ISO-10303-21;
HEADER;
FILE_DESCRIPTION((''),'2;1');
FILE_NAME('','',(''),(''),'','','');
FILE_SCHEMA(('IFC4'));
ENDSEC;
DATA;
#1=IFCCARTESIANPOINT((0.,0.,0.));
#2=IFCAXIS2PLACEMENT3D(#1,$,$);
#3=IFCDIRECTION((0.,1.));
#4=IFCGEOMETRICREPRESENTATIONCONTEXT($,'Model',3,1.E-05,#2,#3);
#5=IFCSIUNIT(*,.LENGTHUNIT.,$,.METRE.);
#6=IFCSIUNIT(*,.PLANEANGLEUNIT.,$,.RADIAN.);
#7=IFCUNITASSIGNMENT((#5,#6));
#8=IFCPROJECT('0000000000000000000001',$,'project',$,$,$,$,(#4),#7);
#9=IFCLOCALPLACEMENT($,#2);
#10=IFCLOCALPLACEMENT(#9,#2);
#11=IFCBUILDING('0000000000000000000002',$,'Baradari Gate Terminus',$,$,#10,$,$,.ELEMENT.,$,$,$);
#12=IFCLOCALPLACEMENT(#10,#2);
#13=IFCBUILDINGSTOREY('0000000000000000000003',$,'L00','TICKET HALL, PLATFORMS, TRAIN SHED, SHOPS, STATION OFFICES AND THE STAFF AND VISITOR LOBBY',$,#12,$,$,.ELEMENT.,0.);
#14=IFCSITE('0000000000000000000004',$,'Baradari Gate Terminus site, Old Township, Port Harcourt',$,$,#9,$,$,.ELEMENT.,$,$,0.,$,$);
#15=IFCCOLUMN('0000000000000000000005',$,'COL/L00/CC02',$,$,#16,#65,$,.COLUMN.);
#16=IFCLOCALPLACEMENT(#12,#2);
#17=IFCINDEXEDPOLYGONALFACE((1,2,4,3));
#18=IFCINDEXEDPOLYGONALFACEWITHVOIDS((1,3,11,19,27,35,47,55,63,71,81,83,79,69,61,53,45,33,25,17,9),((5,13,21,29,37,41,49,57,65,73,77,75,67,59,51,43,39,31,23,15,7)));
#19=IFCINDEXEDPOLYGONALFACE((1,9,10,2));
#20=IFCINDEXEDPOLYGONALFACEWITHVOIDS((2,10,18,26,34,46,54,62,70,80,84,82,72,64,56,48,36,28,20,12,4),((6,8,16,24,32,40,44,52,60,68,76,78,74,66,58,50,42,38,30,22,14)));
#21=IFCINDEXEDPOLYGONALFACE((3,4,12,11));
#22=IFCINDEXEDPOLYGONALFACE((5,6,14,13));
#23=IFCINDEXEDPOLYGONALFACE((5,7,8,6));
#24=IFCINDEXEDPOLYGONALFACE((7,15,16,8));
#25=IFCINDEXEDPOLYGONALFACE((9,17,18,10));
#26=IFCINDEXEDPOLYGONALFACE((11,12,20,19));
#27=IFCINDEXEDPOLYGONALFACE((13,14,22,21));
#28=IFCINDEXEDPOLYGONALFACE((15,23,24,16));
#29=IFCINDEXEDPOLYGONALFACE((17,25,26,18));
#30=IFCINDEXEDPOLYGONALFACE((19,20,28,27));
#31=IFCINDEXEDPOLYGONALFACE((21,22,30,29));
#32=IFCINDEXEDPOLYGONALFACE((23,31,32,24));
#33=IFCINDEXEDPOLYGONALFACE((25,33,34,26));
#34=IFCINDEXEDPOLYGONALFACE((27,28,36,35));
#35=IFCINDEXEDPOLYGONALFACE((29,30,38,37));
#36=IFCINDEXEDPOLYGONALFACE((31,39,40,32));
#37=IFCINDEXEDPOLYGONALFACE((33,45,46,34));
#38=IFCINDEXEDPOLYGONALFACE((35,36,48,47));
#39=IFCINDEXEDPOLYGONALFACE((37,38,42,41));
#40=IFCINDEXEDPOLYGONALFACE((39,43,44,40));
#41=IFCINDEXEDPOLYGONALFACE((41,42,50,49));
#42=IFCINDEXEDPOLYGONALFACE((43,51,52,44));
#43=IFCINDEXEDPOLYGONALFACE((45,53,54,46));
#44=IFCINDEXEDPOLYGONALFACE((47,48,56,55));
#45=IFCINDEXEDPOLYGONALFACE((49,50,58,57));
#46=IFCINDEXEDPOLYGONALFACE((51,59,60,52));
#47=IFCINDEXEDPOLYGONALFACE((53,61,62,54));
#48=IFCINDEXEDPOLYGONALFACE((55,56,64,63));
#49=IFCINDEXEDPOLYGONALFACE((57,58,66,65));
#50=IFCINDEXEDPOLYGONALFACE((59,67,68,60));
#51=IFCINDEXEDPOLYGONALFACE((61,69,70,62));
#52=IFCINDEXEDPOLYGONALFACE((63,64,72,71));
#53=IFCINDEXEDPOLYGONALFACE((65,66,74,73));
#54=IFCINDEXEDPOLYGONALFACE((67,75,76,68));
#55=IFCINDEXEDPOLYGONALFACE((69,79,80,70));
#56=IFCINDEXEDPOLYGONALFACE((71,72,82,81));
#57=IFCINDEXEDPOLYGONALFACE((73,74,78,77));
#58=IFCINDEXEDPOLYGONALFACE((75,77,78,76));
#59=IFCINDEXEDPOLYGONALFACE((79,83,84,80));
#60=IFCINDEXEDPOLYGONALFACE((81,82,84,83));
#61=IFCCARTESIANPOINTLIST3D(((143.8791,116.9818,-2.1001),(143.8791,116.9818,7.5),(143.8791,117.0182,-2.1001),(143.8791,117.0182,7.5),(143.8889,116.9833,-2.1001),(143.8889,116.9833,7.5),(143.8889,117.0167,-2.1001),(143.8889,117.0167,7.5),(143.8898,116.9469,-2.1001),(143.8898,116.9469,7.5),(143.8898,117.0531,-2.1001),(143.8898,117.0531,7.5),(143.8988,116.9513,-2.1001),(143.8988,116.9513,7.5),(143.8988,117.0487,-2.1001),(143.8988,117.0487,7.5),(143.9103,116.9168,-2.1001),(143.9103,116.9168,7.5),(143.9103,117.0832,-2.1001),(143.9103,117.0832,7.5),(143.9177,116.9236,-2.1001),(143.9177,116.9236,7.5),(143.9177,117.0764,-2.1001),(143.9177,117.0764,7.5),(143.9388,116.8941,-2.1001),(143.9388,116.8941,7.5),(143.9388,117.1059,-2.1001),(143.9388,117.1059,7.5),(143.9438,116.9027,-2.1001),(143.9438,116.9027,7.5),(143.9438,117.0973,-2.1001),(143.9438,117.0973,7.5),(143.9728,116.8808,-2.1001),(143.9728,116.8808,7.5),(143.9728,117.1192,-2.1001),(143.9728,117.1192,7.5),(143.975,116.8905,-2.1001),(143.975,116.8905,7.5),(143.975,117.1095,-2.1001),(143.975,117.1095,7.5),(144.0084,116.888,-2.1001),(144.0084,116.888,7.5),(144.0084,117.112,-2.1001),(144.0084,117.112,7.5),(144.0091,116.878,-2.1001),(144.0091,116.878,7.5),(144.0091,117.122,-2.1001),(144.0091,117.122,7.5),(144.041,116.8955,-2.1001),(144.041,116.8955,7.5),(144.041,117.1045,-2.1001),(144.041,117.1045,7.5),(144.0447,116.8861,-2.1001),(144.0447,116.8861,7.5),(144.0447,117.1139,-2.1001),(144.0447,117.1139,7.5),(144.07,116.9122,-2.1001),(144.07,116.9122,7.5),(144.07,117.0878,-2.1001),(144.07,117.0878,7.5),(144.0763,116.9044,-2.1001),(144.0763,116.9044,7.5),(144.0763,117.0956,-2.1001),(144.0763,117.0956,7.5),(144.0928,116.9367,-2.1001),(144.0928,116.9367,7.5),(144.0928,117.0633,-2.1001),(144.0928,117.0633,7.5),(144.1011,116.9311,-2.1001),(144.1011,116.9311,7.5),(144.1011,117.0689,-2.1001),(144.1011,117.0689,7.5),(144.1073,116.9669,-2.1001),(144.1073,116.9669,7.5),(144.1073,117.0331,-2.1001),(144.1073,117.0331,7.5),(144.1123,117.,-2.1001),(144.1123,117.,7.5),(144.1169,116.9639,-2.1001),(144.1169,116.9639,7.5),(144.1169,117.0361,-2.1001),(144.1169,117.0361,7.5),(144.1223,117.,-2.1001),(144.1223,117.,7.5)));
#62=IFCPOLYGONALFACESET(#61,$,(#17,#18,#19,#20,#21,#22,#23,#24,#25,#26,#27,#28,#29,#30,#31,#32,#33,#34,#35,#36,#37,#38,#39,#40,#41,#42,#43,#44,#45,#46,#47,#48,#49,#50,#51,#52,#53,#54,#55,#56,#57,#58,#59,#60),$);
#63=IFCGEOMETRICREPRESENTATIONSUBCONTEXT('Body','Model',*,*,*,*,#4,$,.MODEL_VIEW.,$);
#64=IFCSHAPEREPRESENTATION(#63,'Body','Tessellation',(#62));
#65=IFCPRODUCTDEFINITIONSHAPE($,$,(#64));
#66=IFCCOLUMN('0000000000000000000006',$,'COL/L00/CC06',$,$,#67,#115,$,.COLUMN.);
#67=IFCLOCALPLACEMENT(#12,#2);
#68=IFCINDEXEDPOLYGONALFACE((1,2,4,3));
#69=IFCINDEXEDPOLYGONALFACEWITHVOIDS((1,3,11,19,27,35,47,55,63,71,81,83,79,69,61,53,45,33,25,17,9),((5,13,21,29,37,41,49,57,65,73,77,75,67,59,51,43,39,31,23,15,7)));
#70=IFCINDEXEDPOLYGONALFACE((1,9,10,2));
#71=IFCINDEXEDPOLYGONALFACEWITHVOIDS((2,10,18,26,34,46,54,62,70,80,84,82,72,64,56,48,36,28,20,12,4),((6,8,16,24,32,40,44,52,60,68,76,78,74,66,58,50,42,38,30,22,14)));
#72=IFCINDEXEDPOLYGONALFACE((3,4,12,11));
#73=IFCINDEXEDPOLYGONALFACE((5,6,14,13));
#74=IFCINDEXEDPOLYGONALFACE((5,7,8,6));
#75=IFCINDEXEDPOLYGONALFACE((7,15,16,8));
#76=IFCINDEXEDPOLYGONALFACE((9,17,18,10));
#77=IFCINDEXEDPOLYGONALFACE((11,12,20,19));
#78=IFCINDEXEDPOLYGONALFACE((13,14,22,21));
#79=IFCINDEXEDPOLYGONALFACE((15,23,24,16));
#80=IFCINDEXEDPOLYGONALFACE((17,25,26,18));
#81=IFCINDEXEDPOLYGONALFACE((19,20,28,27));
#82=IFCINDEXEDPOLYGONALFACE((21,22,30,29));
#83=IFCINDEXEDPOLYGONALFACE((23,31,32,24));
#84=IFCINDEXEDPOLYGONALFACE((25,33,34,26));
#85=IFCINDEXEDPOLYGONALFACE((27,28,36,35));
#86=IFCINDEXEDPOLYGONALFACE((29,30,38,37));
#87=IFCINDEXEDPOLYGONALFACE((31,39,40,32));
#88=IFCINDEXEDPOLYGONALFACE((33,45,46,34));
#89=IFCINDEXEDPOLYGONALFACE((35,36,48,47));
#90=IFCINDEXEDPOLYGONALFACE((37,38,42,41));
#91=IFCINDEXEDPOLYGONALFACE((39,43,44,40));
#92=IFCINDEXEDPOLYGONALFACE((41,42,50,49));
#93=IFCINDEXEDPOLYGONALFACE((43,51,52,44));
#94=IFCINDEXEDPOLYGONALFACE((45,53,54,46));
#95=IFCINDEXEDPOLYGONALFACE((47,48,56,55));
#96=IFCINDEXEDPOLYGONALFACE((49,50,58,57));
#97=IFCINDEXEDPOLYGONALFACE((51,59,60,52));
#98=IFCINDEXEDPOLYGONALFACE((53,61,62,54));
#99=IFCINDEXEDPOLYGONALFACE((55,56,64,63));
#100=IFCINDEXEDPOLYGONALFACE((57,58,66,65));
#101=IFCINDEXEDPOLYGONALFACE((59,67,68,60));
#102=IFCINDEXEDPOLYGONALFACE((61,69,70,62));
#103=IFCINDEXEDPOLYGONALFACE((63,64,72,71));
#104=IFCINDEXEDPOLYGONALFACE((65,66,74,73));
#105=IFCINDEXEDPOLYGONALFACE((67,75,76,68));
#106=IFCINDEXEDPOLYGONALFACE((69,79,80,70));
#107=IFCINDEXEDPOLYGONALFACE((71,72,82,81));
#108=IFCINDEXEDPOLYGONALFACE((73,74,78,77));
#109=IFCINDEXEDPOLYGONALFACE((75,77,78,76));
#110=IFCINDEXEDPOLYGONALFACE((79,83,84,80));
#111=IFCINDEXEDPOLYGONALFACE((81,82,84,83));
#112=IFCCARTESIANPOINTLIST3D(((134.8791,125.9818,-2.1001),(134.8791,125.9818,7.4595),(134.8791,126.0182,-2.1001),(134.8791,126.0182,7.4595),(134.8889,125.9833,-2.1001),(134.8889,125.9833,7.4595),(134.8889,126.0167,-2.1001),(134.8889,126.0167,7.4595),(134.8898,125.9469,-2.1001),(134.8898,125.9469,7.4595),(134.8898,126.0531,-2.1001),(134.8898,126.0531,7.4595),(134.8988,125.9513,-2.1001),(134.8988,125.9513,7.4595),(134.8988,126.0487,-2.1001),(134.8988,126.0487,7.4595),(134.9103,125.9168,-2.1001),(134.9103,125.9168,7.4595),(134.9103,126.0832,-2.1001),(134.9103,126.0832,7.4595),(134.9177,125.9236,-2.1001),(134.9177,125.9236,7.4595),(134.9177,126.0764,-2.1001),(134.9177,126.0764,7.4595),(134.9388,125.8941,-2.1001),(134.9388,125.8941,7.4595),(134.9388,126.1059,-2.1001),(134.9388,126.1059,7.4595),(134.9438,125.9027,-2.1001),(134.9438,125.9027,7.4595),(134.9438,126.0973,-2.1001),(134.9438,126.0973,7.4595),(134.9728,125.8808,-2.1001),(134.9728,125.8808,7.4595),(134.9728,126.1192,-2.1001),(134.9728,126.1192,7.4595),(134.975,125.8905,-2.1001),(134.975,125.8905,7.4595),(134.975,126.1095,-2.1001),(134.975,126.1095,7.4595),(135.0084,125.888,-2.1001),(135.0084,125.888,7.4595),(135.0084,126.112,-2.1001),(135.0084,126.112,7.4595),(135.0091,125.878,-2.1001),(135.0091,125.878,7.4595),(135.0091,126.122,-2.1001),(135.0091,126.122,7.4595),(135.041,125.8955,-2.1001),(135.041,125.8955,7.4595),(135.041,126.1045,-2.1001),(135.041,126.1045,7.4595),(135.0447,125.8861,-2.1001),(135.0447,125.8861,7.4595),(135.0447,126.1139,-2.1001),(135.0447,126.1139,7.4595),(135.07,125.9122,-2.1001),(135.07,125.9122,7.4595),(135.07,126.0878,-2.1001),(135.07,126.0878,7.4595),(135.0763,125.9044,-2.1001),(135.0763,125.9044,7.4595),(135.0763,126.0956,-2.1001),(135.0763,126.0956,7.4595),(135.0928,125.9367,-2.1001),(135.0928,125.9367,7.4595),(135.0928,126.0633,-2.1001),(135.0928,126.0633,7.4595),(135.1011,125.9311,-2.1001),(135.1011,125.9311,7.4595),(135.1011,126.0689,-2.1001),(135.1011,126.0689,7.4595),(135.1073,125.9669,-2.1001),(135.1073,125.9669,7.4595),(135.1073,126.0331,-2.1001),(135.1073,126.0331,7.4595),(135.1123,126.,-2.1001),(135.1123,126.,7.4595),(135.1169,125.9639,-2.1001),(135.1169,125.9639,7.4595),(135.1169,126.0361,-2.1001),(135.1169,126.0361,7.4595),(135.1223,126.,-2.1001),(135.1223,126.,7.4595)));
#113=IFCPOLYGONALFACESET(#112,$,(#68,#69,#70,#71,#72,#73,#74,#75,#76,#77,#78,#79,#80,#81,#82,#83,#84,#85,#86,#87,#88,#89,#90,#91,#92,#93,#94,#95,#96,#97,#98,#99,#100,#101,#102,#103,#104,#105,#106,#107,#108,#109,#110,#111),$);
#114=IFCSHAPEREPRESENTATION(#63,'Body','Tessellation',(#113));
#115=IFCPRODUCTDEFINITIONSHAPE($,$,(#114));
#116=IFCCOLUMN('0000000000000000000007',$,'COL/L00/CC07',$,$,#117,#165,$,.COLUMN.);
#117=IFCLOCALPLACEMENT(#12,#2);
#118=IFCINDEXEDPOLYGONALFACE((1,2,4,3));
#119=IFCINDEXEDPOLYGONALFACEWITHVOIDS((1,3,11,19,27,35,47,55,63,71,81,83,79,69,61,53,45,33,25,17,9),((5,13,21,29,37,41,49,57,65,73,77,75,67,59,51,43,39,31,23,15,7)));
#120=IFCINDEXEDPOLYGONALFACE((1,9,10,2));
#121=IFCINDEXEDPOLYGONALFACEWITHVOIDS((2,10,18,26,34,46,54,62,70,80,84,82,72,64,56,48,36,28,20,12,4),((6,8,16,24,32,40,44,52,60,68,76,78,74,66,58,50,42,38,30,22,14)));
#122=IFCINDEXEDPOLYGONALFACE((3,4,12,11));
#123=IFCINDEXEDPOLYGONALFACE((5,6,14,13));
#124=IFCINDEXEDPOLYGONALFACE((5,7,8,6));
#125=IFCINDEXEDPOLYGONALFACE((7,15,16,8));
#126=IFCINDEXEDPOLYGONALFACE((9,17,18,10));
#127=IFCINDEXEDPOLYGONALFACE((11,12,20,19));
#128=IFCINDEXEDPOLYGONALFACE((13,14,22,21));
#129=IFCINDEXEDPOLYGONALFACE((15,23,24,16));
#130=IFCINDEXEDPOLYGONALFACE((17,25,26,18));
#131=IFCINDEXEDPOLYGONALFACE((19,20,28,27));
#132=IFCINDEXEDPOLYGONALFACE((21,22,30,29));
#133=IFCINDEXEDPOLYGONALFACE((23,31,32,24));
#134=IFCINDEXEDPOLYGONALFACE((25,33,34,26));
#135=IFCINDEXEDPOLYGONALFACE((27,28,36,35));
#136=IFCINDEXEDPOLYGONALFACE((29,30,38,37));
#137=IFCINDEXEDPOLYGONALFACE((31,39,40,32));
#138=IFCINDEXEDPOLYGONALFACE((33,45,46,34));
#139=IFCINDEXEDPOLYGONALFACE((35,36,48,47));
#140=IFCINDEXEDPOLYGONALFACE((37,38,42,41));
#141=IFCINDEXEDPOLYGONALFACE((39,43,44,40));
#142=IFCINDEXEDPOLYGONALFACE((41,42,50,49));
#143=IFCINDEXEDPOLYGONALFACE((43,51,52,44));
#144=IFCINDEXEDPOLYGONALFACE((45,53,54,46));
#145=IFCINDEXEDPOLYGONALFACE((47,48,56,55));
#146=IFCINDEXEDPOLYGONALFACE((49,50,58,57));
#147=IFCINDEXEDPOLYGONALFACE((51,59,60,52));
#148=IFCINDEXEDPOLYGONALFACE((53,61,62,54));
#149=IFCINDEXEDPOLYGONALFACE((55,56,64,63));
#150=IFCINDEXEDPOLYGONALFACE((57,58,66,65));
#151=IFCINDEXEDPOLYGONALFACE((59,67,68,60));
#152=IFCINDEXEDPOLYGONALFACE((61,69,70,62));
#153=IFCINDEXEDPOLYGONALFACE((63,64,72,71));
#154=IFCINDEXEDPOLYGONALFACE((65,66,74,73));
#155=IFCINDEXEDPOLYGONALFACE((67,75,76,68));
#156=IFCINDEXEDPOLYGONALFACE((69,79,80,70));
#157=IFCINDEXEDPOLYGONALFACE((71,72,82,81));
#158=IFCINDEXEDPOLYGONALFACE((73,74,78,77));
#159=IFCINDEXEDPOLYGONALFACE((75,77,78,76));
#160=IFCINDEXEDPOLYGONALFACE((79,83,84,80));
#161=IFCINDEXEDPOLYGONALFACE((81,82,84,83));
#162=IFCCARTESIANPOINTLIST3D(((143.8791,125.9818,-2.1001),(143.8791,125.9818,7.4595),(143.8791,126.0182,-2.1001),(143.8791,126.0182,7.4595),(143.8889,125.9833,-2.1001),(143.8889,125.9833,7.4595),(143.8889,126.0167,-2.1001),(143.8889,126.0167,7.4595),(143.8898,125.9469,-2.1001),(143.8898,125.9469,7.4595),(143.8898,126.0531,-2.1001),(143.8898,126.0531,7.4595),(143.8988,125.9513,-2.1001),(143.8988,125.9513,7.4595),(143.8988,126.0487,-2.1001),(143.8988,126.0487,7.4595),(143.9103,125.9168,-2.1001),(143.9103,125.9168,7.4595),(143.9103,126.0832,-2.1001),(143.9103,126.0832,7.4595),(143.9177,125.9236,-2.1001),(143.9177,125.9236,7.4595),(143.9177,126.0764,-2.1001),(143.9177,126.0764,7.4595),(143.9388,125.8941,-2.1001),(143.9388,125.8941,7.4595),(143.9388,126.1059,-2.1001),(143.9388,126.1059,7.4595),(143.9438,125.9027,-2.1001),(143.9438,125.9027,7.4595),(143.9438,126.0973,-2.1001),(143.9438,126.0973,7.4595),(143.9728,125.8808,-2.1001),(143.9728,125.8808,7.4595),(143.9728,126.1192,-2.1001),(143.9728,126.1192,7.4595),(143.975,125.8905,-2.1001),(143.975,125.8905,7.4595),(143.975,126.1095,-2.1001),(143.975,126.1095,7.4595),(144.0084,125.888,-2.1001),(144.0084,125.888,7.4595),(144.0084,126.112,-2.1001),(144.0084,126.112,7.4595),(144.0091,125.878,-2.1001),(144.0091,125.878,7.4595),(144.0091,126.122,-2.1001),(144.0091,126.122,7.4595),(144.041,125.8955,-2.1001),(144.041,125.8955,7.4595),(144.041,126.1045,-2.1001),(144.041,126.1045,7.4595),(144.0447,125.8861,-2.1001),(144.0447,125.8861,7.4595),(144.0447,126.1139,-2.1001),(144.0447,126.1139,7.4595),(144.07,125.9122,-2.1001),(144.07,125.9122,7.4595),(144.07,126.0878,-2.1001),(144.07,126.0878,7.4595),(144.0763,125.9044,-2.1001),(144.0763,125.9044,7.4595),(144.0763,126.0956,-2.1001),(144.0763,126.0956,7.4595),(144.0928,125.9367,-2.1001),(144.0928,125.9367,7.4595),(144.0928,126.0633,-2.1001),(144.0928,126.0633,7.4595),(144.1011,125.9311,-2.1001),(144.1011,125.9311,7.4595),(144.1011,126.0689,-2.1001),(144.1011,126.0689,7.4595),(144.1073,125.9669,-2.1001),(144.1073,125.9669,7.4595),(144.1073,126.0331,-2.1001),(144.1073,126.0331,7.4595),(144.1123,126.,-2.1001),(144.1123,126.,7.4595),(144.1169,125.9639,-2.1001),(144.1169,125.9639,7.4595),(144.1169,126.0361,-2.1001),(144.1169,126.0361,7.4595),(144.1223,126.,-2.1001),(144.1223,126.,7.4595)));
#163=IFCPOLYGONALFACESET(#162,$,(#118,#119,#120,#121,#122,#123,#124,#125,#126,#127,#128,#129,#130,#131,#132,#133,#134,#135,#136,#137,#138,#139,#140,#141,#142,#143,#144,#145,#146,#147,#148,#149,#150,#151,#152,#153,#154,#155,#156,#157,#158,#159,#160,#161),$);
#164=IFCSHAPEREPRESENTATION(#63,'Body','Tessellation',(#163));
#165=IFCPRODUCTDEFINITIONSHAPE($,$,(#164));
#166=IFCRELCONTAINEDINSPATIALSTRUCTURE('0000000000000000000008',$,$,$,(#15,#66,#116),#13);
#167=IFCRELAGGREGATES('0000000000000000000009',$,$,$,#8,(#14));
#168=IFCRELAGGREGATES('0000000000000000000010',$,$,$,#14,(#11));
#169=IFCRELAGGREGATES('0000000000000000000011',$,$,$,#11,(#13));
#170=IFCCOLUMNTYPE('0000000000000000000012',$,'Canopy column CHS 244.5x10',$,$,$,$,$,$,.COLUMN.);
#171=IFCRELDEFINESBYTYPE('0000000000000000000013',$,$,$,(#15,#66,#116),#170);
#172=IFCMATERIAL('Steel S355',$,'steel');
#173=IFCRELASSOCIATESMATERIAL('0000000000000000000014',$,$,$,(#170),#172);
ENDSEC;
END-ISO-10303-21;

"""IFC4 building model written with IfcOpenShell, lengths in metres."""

from ifc_helpers import new_model, si_unit, direction, frame, origin, origin_2d, place, context, subcontext, project, spatial, hollow_circle, extrude, material, material_profile, profile_set, type_object, element, save


model = new_model("IFC4")

# Units and contexts
model_context = context("Model", 3, precision=1e-05, world=origin(), true_north=direction((0.0, 1.0)))
body_context = subcontext(model_context, "Body", "Model", "MODEL_VIEW")
ifc_project = project(units=[si_unit("LENGTHUNIT", "METRE"), si_unit("PLANEANGLEUNIT", "RADIAN")], contexts=[model_context])

# Site, building, storey
site_placement = place(None, origin())
site = spatial("IfcSite", under=ifc_project, at=site_placement, Name="Baradari Gate Terminus site, Old Township, Port Harcourt", CompositionType="ELEMENT", RefElevation=0.0)
building_placement = place(site_placement, origin())
building = spatial("IfcBuilding", under=site, at=building_placement, Name="Baradari Gate Terminus", CompositionType="ELEMENT")
storey_placement = place(building_placement, origin())
storey = spatial("IfcBuildingStorey", under=building, at=storey_placement, Name="L00", Description="TICKET HALL, PLATFORMS, TRAIN SHED, SHOPS, STATION OFFICES AND THE STAFF AND VISITOR LOBBY", CompositionType="ELEMENT", Elevation=0.0)

# Columns
ifc_material_1 = material(Name="Steel S355", Category="steel")
ifc_material_profile_1 = material_profile(ifc_material_1, hollow_circle(Radius=0.1223, WallThickness=0.01, at=origin_2d()), Name="CHS 244.5x10")
ifc_profile_set_1 = profile_set([ifc_material_profile_1], Name="Steel S355")
column_type_1 = type_object("IfcColumnType", Name="Canopy column CHS 244.5x10", PredefinedType="COLUMN", material=ifc_profile_set_1)
for number, where, z_axis, x_axis, name in (
    (1, (144.0, 117.0, -2.1001), (0.0, 0.0, 1.0), (1.0, 0.0, 0.0), "COL/L00/CC02"),
):
    element("IfcColumn", number, at=place(storey_placement, frame(where, z_axis=z_axis, x_axis=x_axis)), inside=storey, type_object=column_type_1, Name=name, PredefinedType="COLUMN", context=body_context, shape_type="SweptSolid", body=[
        extrude(hollow_circle(Radius=0.1223, WallThickness=0.01, at=origin_2d()), origin(), (0.0, 0.0, 1.0), 9.6001),
    ])
for number, where, z_axis, x_axis, name in (
    (2, (135.0, 126.0, -2.1001), (0.0, 0.0, 1.0), (1.0, 0.0, 0.0), "COL/L00/CC06"),
    (3, (144.0, 126.0, -2.1001), (0.0, 0.0, 1.0), (1.0, 0.0, 0.0), "COL/L00/CC07"),
):
    element("IfcColumn", number, at=place(storey_placement, frame(where, z_axis=z_axis, x_axis=x_axis)), inside=storey, type_object=column_type_1, Name=name, PredefinedType="COLUMN", context=body_context, shape_type="SweptSolid", body=[
        extrude(hollow_circle(Radius=0.1223, WallThickness=0.01, at=origin_2d()), origin(), (0.0, 0.0, 1.0), 9.5596),
    ])

save(model, "model.ifc")
